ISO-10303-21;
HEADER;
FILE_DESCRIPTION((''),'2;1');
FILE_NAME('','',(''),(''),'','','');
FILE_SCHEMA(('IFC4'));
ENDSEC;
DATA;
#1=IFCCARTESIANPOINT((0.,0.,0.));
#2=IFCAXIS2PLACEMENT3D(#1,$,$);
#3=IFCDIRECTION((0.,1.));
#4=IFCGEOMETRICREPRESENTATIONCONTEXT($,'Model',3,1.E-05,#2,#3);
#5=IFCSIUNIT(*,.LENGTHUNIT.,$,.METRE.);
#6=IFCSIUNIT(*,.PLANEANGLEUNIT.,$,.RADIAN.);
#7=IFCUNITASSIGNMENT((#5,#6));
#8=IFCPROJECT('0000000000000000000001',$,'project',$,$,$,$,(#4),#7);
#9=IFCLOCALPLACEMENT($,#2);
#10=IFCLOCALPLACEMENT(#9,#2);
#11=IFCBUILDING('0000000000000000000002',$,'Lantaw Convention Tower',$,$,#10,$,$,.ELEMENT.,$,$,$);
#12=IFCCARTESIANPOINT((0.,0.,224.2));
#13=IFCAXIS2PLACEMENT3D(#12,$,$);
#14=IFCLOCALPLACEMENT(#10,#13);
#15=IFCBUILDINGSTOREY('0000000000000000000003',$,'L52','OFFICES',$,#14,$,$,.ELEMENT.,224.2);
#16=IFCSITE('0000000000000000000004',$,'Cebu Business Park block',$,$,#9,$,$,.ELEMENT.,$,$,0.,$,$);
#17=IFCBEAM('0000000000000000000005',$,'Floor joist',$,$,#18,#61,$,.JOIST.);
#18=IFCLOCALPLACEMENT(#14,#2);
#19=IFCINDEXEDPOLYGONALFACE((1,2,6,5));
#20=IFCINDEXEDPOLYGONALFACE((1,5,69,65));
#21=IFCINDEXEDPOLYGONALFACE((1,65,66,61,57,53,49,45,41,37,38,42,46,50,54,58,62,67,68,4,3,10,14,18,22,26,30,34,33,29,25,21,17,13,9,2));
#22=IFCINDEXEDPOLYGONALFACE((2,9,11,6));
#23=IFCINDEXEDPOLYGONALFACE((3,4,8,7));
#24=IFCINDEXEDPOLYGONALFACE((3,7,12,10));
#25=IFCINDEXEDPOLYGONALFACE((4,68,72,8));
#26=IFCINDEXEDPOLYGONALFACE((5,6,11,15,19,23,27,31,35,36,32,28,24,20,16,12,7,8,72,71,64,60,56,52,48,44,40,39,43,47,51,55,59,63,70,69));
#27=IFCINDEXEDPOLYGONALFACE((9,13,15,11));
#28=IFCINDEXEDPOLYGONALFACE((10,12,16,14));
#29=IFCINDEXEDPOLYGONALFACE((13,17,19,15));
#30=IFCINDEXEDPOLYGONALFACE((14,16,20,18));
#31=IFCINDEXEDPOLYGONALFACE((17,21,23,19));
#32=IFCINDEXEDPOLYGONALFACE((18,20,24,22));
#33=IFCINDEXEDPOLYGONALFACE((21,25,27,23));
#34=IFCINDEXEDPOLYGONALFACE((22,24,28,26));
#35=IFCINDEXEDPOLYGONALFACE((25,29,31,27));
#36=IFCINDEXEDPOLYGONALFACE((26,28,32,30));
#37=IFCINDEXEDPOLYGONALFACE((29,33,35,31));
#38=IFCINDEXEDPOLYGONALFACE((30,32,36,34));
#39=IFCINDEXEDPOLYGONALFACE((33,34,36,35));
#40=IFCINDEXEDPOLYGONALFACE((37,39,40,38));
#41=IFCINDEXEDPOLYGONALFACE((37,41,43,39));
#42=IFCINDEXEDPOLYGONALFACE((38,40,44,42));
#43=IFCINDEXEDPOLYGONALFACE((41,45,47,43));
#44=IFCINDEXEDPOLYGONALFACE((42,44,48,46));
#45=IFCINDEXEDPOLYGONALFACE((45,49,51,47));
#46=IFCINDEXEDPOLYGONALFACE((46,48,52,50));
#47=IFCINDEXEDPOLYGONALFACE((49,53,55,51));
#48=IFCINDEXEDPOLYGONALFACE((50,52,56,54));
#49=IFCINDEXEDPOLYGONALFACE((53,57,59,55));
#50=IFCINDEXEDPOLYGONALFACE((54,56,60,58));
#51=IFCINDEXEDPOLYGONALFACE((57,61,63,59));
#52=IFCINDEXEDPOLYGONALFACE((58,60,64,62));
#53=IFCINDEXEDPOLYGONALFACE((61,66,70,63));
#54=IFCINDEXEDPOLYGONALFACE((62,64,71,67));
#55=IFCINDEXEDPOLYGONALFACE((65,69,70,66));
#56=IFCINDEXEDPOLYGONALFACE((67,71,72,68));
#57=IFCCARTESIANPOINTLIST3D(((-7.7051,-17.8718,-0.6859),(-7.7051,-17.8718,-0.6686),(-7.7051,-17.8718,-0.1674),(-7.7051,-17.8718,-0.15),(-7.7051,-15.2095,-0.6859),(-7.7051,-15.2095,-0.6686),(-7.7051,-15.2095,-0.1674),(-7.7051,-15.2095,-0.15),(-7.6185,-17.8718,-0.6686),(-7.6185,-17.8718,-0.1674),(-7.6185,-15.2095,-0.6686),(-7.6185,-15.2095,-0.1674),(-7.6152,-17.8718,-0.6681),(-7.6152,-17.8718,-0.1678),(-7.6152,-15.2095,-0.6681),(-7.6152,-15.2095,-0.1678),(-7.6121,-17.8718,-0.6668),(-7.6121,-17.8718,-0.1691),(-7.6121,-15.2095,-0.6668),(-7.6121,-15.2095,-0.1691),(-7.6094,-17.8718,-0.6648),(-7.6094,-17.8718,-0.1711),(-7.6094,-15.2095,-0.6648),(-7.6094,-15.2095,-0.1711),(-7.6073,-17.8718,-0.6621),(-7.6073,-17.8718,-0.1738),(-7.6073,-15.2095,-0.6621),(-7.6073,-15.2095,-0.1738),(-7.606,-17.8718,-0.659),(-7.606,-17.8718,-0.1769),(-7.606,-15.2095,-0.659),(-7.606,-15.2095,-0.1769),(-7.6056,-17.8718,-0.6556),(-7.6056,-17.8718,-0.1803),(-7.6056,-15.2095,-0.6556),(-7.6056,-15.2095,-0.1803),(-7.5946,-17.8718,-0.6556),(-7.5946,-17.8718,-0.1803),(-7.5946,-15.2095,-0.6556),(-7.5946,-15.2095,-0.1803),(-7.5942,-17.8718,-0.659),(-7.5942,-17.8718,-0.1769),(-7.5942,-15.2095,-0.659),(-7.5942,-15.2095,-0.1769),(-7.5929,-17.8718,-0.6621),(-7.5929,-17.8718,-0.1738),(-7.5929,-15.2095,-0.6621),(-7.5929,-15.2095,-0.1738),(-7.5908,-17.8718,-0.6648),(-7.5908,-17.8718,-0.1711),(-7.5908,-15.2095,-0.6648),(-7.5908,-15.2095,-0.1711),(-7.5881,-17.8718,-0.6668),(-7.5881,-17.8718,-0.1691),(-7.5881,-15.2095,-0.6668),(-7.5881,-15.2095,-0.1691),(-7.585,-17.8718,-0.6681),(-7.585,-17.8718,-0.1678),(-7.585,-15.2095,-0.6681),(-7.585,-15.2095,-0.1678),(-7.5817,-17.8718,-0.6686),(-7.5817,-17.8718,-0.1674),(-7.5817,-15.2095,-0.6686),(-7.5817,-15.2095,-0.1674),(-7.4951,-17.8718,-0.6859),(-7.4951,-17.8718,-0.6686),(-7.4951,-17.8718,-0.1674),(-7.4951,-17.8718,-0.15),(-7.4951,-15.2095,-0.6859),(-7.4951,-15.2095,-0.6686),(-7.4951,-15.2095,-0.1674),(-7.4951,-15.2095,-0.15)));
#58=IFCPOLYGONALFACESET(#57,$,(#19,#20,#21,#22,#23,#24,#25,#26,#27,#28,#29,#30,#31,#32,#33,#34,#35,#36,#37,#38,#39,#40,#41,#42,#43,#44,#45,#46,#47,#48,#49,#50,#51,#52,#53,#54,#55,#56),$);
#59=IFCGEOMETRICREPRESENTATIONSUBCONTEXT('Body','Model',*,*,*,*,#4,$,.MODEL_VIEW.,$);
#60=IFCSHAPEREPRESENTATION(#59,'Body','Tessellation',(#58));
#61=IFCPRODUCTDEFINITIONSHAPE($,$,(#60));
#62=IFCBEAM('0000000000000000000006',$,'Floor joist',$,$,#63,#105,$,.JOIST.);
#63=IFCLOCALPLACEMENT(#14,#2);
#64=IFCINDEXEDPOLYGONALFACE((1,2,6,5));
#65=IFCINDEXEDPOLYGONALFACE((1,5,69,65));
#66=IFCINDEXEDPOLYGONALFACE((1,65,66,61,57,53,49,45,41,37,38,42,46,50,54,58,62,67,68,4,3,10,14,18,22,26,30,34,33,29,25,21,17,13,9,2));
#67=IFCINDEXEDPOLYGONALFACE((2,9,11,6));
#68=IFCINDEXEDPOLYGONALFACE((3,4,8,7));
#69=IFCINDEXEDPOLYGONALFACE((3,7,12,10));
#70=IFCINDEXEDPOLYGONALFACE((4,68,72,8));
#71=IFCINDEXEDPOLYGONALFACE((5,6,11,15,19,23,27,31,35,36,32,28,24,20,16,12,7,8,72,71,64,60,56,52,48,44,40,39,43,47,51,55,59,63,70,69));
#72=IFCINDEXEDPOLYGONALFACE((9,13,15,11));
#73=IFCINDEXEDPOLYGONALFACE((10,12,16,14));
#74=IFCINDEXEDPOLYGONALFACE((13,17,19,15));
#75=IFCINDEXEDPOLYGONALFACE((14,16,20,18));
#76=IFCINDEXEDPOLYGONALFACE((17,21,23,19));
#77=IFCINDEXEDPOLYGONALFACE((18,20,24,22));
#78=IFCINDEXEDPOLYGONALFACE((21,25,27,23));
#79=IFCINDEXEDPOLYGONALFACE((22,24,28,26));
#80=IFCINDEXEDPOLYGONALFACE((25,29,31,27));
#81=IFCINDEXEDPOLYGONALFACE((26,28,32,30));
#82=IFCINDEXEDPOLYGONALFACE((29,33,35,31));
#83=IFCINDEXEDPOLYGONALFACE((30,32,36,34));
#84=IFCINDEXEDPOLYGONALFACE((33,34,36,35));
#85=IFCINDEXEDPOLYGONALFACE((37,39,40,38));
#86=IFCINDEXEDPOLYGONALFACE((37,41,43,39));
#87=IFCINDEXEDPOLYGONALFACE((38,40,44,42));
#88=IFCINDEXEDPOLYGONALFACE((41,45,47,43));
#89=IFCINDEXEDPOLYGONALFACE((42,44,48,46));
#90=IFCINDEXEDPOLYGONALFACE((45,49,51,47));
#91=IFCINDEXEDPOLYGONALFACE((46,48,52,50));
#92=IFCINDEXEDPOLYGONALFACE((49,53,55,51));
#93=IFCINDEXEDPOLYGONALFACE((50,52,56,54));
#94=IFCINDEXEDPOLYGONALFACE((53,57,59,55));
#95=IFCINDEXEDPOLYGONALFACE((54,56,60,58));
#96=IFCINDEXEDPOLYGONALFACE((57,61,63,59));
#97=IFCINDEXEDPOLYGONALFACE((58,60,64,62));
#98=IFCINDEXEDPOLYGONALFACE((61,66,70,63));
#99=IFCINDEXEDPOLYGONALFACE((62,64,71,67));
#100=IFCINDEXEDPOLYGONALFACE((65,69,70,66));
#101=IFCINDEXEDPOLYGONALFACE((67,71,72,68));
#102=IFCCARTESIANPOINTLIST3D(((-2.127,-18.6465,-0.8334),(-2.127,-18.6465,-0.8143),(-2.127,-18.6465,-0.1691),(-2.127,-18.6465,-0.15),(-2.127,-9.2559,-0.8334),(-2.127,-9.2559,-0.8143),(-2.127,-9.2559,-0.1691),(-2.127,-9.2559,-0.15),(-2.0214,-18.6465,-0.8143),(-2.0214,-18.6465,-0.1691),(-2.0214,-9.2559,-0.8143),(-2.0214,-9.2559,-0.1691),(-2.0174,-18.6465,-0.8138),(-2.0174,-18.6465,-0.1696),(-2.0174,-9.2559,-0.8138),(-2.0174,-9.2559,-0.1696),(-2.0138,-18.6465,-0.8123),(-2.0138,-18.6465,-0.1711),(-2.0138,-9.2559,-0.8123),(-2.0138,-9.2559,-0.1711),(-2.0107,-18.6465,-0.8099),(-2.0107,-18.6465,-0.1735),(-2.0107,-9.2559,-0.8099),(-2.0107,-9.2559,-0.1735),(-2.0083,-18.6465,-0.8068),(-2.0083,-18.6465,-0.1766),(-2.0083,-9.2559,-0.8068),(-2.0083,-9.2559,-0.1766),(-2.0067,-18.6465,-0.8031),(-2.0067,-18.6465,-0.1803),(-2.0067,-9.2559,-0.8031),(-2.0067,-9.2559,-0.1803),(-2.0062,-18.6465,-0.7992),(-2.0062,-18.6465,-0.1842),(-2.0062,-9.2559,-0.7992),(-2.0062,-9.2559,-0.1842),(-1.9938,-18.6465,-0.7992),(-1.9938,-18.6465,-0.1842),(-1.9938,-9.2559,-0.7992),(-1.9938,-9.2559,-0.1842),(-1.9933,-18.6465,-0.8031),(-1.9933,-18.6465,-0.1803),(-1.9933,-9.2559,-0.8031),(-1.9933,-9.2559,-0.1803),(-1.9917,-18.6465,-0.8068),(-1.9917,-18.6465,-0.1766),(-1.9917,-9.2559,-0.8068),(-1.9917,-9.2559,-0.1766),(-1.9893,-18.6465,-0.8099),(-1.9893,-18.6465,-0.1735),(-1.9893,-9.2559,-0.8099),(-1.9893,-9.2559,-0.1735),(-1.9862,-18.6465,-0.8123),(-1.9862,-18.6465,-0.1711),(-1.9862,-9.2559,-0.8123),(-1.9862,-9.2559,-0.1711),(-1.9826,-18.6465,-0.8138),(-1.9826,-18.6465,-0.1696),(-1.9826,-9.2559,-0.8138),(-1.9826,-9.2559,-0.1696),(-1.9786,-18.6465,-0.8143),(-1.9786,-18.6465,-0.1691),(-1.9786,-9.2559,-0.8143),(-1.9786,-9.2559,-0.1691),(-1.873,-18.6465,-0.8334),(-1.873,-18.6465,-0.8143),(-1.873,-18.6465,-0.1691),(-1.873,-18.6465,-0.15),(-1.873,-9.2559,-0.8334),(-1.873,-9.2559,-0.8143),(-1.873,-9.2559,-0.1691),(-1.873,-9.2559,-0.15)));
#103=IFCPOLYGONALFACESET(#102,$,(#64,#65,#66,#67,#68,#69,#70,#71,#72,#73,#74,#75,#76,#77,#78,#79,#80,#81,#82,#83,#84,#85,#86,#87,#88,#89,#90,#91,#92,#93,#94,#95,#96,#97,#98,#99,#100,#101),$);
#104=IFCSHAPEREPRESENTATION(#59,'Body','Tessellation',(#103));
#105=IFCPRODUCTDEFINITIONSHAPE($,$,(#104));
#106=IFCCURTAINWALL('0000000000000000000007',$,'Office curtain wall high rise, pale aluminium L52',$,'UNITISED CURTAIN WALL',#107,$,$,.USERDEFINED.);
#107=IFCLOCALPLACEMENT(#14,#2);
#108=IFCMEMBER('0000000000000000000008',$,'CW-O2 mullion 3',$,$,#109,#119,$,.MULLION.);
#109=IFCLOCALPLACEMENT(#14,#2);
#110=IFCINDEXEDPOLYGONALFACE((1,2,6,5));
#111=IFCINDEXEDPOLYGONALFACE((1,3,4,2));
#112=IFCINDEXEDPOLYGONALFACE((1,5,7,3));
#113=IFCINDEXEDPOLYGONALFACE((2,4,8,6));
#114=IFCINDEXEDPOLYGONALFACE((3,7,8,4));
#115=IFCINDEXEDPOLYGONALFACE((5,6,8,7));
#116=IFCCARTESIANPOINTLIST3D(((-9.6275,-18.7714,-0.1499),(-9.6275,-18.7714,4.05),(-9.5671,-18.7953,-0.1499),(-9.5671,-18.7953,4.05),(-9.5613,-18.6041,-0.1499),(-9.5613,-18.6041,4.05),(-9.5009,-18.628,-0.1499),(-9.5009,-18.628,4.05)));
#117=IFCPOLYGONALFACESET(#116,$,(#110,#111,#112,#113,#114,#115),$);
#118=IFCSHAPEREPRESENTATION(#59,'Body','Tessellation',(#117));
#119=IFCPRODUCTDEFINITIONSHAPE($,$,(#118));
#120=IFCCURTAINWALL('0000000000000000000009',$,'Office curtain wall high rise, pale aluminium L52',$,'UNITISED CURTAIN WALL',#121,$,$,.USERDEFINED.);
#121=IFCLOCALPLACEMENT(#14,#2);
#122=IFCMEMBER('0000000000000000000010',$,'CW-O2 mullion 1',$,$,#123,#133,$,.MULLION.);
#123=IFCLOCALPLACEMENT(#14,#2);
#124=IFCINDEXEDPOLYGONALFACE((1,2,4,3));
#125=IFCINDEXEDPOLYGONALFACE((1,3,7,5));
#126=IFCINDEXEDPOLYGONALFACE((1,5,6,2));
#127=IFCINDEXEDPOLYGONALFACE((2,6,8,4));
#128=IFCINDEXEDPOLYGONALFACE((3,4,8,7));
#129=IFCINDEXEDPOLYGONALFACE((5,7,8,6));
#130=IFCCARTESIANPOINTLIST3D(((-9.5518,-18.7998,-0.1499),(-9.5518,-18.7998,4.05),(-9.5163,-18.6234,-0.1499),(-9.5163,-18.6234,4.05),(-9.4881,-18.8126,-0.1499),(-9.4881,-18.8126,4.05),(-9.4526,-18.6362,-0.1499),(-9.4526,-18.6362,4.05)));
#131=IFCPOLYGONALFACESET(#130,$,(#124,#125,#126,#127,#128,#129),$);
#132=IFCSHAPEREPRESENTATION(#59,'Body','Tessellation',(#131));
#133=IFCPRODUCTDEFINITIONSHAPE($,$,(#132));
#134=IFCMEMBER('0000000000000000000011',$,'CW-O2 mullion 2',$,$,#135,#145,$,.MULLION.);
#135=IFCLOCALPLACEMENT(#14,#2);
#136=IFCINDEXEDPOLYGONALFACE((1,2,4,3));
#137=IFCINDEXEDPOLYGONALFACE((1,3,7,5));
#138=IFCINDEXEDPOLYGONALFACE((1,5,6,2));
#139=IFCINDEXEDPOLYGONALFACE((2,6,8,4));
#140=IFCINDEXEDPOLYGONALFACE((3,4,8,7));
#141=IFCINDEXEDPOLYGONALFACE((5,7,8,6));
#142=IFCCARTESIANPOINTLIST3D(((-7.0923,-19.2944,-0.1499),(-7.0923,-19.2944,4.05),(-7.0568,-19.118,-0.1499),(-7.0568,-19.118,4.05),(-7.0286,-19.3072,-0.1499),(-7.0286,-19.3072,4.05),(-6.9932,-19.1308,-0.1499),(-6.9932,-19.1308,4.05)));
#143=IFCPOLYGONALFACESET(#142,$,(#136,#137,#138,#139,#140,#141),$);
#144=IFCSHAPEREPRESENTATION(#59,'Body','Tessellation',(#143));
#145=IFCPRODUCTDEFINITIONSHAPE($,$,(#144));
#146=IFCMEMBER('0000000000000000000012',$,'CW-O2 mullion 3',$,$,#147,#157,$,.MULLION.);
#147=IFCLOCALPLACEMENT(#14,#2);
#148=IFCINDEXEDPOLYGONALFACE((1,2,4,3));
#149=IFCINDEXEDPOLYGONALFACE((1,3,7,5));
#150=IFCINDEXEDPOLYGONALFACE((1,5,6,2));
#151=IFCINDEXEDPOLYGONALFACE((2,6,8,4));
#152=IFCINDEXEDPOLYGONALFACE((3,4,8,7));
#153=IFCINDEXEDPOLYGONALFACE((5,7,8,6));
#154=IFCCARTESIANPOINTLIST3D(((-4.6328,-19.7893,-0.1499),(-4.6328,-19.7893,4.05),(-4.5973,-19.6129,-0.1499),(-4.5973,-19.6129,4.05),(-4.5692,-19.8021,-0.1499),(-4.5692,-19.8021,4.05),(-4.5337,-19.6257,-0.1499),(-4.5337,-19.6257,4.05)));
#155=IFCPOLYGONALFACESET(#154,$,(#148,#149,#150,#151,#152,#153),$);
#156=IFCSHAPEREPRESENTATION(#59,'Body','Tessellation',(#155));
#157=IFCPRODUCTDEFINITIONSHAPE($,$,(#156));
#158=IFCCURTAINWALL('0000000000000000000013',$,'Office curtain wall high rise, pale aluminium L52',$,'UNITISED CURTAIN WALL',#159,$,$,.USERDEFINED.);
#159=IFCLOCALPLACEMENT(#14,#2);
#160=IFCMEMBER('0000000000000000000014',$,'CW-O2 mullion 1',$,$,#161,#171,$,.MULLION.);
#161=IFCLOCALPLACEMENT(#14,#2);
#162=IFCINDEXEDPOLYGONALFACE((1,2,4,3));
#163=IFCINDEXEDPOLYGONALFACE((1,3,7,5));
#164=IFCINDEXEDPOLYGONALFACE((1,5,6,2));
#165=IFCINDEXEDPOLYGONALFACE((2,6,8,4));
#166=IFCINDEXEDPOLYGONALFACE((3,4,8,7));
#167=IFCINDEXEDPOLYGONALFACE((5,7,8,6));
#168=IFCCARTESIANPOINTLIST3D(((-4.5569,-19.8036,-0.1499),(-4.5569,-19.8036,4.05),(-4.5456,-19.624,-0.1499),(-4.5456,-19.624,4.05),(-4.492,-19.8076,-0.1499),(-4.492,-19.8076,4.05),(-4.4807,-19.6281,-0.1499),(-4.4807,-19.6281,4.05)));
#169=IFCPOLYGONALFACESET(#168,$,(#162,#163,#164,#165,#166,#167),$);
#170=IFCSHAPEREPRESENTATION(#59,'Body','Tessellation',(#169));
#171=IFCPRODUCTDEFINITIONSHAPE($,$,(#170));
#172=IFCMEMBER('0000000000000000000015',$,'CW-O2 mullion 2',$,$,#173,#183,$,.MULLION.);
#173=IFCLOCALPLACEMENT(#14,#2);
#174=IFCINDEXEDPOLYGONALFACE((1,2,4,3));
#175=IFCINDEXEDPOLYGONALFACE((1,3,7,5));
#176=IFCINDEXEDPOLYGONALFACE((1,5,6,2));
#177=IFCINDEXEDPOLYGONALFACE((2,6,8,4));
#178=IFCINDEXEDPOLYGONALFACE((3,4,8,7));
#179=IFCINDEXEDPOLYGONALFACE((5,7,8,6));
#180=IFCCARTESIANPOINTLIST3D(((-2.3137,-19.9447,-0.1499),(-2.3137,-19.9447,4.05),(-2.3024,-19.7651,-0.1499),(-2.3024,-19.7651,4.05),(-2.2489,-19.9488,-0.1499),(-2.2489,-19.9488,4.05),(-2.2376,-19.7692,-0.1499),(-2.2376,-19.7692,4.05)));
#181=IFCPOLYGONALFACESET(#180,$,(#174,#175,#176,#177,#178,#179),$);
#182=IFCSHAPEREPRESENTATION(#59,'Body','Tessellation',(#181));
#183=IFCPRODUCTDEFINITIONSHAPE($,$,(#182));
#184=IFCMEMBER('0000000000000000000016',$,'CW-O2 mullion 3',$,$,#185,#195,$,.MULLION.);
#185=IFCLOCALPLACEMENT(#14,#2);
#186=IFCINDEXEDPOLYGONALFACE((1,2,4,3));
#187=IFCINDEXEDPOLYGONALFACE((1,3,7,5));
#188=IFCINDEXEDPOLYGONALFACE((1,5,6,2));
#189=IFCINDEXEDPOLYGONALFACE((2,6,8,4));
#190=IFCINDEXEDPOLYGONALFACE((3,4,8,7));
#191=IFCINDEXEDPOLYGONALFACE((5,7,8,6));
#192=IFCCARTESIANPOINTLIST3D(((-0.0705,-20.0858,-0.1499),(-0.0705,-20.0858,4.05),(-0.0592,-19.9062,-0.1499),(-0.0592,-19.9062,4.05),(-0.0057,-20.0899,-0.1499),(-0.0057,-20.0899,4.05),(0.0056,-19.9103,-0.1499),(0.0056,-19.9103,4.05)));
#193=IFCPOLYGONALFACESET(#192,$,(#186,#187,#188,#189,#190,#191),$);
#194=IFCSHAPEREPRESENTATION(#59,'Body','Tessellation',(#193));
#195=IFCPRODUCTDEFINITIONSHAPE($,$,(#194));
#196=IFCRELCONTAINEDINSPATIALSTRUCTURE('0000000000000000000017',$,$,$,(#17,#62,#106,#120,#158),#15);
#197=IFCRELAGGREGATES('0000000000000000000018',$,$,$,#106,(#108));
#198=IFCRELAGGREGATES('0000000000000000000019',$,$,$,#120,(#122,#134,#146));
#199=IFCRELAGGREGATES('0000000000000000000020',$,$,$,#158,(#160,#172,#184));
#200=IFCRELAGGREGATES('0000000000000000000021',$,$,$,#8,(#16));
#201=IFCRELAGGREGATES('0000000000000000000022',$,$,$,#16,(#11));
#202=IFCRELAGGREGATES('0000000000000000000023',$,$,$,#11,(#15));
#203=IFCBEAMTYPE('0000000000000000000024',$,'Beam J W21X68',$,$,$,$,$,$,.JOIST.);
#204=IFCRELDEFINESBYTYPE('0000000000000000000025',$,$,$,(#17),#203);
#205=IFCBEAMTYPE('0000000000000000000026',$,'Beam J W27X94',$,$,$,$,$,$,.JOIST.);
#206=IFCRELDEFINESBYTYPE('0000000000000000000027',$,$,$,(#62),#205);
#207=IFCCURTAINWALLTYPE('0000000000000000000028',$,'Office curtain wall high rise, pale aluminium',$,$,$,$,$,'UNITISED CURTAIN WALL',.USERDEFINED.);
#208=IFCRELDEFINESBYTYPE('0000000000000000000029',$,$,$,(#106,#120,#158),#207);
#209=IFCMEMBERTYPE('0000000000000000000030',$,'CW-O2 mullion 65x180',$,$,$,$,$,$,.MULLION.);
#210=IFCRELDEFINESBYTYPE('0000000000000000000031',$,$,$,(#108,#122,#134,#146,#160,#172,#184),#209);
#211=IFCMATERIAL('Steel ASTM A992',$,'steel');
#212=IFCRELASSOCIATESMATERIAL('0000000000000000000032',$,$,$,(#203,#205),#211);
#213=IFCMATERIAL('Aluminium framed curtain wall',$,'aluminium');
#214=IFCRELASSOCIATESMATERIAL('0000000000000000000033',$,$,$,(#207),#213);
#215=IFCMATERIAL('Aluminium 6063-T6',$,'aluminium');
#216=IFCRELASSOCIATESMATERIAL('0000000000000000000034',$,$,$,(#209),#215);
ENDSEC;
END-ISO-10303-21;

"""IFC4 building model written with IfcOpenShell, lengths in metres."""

from ifc_helpers import new_model, si_unit, direction, frame, origin, origin_2d, place, context, subcontext, project, spatial, rectangle, i_section, extrude, material, material_profile, profile_set, type_object, element, aggregate, save


model = new_model("IFC4")

# Units and contexts
model_context = context("Model", 3, precision=1e-05, world=origin(), true_north=direction((0.0, 1.0)))
body_context = subcontext(model_context, "Body", "Model", "MODEL_VIEW")
ifc_project = project(units=[si_unit("LENGTHUNIT", "METRE"), si_unit("PLANEANGLEUNIT", "RADIAN")], contexts=[model_context])

# Site, building, storey
site_placement = place(None, origin())
site = spatial("IfcSite", under=ifc_project, at=site_placement, Name="Cebu Business Park block", CompositionType="ELEMENT", RefElevation=0.0)
building_placement = place(site_placement, origin())
building = spatial("IfcBuilding", under=site, at=building_placement, Name="Lantaw Convention Tower", CompositionType="ELEMENT")
storey_placement = place(building_placement, frame((0.0, 0.0, 224.2)))
storey = spatial("IfcBuildingStorey", under=building, at=storey_placement, Name="L52", Description="OFFICES", CompositionType="ELEMENT", Elevation=224.2)

# Beams
ifc_material_1 = material(Name="Steel ASTM A992", Category="steel")
ifc_material_profile_1 = material_profile(ifc_material_1, i_section(OverallWidth=0.21, OverallDepth=0.5359, WebThickness=0.011, FlangeThickness=0.0173, FilletRadius=0.0129, at=origin_2d()), Name="W21X68")
ifc_profile_set_1 = profile_set([ifc_material_profile_1], Name="Steel ASTM A992")
beam_type_1 = type_object("IfcBeamType", Name="Beam J W21X68", PredefinedType="JOIST", material=ifc_profile_set_1)
beam_1_placement = place(storey_placement, frame((-7.6001, -17.8718, -0.418), z_axis=(0.0, 1.0, 0.0), x_axis=(-1.0, 0.0, 0.0)))
element("IfcBeam", 1, at=beam_1_placement, inside=storey, type_object=beam_type_1, Name="Floor joist", PredefinedType="JOIST", context=body_context, shape_type="SweptSolid", body=[
    extrude(i_section(OverallWidth=0.21, OverallDepth=0.5359, WebThickness=0.011, FlangeThickness=0.0173, FilletRadius=0.0129, at=origin_2d()), origin(), (0.0, 0.0, 1.0), 2.6624),
])
ifc_material_profile_2 = material_profile(ifc_material_1, i_section(OverallWidth=0.2539, OverallDepth=0.6833, WebThickness=0.0125, FlangeThickness=0.019, FilletRadius=0.0151, at=origin_2d()), Name="W27X94")
ifc_profile_set_2 = profile_set([ifc_material_profile_2], Name="Steel ASTM A992")
beam_type_2 = type_object("IfcBeamType", Name="Beam J W27X94", PredefinedType="JOIST", material=ifc_profile_set_2)
beam_2_placement = place(storey_placement, frame((-2.0, -18.6465, -0.4917), z_axis=(0.0, 1.0, 0.0), x_axis=(-1.0, 0.0, 0.0)))
element("IfcBeam", 2, at=beam_2_placement, inside=storey, type_object=beam_type_2, Name="Floor joist", PredefinedType="JOIST", context=body_context, shape_type="SweptSolid", body=[
    extrude(i_section(OverallWidth=0.2539, OverallDepth=0.6833, WebThickness=0.0125, FlangeThickness=0.019, FilletRadius=0.0151, at=origin_2d()), origin(), (0.0, 0.0, 1.0), 9.3906),
])

# Curtain wall, member
ifc_material_2 = material(Name="Aluminium framed curtain wall", Category="aluminium")
curtain_wall_type = type_object("IfcCurtainWallType", Name="Office curtain wall high rise, pale aluminium", ElementType="UNITISED CURTAIN WALL", PredefinedType="USERDEFINED", material=ifc_material_2)
curtain_wall_1_placement = place(storey_placement, origin())
curtain_wall_1 = element("IfcCurtainWall", 3, at=curtain_wall_1_placement, inside=storey, type_object=curtain_wall_type, Name="Office curtain wall high rise, pale aluminium L52", ObjectType="UNITISED CURTAIN WALL", PredefinedType="USERDEFINED")
ifc_material_3 = material(Name="Aluminium 6063-T6", Category="aluminium")
ifc_material_profile_3 = material_profile(ifc_material_3, rectangle(XDim=0.1799, YDim=0.0649, at=origin_2d()), Name="CW-O2 mullion 65x180")
ifc_profile_set_3 = profile_set([ifc_material_profile_3], Name="Aluminium 6063-T6")
member_type_1 = type_object("IfcMemberType", Name="CW-O2 mullion 65x180", PredefinedType="MULLION", material=ifc_profile_set_3)
member_1_placement = place(storey_placement, frame((-9.5642, -18.6997, -0.1499), z_axis=(0.0, 0.0, 1.0), x_axis=(0.368162, 0.929762, 0.0)))
member_1 = element("IfcMember", 4, at=member_1_placement, type_object=member_type_1, Name="CW-O2 mullion 3", PredefinedType="MULLION", context=body_context, shape_type="SweptSolid", body=[
    extrude(rectangle(XDim=0.1799, YDim=0.0649, at=origin_2d()), origin(), (0.0, 0.0, 1.0), 4.2),
])

# Curtain walls, members
curtain_wall_2_placement = place(storey_placement, origin())
curtain_wall_2 = element("IfcCurtainWall", 5, at=curtain_wall_2_placement, inside=storey, type_object=curtain_wall_type, Name="Office curtain wall high rise, pale aluminium L52", ObjectType="UNITISED CURTAIN WALL", PredefinedType="USERDEFINED")
member_2_placement = place(storey_placement, frame((-9.5022, -18.718, -0.1499), z_axis=(0.0, 0.0, 1.0), x_axis=(0.197183, 0.980367, 0.0)))
member_2 = element("IfcMember", 6, at=member_2_placement, type_object=member_type_1, Name="CW-O2 mullion 1", PredefinedType="MULLION", context=body_context, shape_type="SweptSolid", body=[
    extrude(rectangle(XDim=0.1799, YDim=0.0649, at=origin_2d()), origin(), (0.0, 0.0, 1.0), 4.2),
])
member_3_placement = place(storey_placement, frame((-7.0427, -19.2126, -0.1499), z_axis=(0.0, 0.0, 1.0), x_axis=(0.197183, 0.980367, 0.0)))
member_3 = element("IfcMember", 7, at=member_3_placement, type_object=member_type_1, Name="CW-O2 mullion 2", PredefinedType="MULLION", context=body_context, shape_type="SweptSolid", body=[
    extrude(rectangle(XDim=0.1799, YDim=0.0649, at=origin_2d()), origin(), (0.0, 0.0, 1.0), 4.2),
])
member_4_placement = place(storey_placement, frame((-4.5833, -19.7075, -0.1499), z_axis=(0.0, 0.0, 1.0), x_axis=(0.197183, 0.980367, 0.0)))
member_4 = element("IfcMember", 8, at=member_4_placement, type_object=member_type_1, Name="CW-O2 mullion 3", PredefinedType="MULLION", context=body_context, shape_type="SweptSolid", body=[
    extrude(rectangle(XDim=0.1799, YDim=0.0649, at=origin_2d()), origin(), (0.0, 0.0, 1.0), 4.2),
])
curtain_wall_3_placement = place(storey_placement, origin())
curtain_wall_3 = element("IfcCurtainWall", 9, at=curtain_wall_3_placement, inside=storey, type_object=curtain_wall_type, Name="Office curtain wall high rise, pale aluminium L52", ObjectType="UNITISED CURTAIN WALL", PredefinedType="USERDEFINED")
member_5_placement = place(storey_placement, frame((-4.5188, -19.7158, -0.1499), z_axis=(0.0, 0.0, 1.0), x_axis=(0.062758, 0.998029, 0.0)))
member_5 = element("IfcMember", 10, at=member_5_placement, type_object=member_type_1, Name="CW-O2 mullion 1", PredefinedType="MULLION", context=body_context, shape_type="SweptSolid", body=[
    extrude(rectangle(XDim=0.1799, YDim=0.0649, at=origin_2d()), origin(), (0.0, 0.0, 1.0), 4.2),
])
member_6_placement = place(storey_placement, frame((-2.2756, -19.8569, -0.1499), z_axis=(0.0, 0.0, 1.0), x_axis=(0.062758, 0.998029, 0.0)))
member_6 = element("IfcMember", 11, at=member_6_placement, type_object=member_type_1, Name="CW-O2 mullion 2", PredefinedType="MULLION", context=body_context, shape_type="SweptSolid", body=[
    extrude(rectangle(XDim=0.1799, YDim=0.0649, at=origin_2d()), origin(), (0.0, 0.0, 1.0), 4.2),
])
member_7_placement = place(storey_placement, frame((-0.0325, -19.998, -0.1499), z_axis=(0.0, 0.0, 1.0), x_axis=(0.062758, 0.998029, 0.0)))
member_7 = element("IfcMember", 12, at=member_7_placement, type_object=member_type_1, Name="CW-O2 mullion 3", PredefinedType="MULLION", context=body_context, shape_type="SweptSolid", body=[
    extrude(rectangle(XDim=0.1799, YDim=0.0649, at=origin_2d()), origin(), (0.0, 0.0, 1.0), 4.2),
])

aggregate(curtain_wall_1, [member_1])
aggregate(curtain_wall_2, [member_2, member_3, member_4])
aggregate(curtain_wall_3, [member_5, member_6, member_7])

save(model, "model.ifc")
